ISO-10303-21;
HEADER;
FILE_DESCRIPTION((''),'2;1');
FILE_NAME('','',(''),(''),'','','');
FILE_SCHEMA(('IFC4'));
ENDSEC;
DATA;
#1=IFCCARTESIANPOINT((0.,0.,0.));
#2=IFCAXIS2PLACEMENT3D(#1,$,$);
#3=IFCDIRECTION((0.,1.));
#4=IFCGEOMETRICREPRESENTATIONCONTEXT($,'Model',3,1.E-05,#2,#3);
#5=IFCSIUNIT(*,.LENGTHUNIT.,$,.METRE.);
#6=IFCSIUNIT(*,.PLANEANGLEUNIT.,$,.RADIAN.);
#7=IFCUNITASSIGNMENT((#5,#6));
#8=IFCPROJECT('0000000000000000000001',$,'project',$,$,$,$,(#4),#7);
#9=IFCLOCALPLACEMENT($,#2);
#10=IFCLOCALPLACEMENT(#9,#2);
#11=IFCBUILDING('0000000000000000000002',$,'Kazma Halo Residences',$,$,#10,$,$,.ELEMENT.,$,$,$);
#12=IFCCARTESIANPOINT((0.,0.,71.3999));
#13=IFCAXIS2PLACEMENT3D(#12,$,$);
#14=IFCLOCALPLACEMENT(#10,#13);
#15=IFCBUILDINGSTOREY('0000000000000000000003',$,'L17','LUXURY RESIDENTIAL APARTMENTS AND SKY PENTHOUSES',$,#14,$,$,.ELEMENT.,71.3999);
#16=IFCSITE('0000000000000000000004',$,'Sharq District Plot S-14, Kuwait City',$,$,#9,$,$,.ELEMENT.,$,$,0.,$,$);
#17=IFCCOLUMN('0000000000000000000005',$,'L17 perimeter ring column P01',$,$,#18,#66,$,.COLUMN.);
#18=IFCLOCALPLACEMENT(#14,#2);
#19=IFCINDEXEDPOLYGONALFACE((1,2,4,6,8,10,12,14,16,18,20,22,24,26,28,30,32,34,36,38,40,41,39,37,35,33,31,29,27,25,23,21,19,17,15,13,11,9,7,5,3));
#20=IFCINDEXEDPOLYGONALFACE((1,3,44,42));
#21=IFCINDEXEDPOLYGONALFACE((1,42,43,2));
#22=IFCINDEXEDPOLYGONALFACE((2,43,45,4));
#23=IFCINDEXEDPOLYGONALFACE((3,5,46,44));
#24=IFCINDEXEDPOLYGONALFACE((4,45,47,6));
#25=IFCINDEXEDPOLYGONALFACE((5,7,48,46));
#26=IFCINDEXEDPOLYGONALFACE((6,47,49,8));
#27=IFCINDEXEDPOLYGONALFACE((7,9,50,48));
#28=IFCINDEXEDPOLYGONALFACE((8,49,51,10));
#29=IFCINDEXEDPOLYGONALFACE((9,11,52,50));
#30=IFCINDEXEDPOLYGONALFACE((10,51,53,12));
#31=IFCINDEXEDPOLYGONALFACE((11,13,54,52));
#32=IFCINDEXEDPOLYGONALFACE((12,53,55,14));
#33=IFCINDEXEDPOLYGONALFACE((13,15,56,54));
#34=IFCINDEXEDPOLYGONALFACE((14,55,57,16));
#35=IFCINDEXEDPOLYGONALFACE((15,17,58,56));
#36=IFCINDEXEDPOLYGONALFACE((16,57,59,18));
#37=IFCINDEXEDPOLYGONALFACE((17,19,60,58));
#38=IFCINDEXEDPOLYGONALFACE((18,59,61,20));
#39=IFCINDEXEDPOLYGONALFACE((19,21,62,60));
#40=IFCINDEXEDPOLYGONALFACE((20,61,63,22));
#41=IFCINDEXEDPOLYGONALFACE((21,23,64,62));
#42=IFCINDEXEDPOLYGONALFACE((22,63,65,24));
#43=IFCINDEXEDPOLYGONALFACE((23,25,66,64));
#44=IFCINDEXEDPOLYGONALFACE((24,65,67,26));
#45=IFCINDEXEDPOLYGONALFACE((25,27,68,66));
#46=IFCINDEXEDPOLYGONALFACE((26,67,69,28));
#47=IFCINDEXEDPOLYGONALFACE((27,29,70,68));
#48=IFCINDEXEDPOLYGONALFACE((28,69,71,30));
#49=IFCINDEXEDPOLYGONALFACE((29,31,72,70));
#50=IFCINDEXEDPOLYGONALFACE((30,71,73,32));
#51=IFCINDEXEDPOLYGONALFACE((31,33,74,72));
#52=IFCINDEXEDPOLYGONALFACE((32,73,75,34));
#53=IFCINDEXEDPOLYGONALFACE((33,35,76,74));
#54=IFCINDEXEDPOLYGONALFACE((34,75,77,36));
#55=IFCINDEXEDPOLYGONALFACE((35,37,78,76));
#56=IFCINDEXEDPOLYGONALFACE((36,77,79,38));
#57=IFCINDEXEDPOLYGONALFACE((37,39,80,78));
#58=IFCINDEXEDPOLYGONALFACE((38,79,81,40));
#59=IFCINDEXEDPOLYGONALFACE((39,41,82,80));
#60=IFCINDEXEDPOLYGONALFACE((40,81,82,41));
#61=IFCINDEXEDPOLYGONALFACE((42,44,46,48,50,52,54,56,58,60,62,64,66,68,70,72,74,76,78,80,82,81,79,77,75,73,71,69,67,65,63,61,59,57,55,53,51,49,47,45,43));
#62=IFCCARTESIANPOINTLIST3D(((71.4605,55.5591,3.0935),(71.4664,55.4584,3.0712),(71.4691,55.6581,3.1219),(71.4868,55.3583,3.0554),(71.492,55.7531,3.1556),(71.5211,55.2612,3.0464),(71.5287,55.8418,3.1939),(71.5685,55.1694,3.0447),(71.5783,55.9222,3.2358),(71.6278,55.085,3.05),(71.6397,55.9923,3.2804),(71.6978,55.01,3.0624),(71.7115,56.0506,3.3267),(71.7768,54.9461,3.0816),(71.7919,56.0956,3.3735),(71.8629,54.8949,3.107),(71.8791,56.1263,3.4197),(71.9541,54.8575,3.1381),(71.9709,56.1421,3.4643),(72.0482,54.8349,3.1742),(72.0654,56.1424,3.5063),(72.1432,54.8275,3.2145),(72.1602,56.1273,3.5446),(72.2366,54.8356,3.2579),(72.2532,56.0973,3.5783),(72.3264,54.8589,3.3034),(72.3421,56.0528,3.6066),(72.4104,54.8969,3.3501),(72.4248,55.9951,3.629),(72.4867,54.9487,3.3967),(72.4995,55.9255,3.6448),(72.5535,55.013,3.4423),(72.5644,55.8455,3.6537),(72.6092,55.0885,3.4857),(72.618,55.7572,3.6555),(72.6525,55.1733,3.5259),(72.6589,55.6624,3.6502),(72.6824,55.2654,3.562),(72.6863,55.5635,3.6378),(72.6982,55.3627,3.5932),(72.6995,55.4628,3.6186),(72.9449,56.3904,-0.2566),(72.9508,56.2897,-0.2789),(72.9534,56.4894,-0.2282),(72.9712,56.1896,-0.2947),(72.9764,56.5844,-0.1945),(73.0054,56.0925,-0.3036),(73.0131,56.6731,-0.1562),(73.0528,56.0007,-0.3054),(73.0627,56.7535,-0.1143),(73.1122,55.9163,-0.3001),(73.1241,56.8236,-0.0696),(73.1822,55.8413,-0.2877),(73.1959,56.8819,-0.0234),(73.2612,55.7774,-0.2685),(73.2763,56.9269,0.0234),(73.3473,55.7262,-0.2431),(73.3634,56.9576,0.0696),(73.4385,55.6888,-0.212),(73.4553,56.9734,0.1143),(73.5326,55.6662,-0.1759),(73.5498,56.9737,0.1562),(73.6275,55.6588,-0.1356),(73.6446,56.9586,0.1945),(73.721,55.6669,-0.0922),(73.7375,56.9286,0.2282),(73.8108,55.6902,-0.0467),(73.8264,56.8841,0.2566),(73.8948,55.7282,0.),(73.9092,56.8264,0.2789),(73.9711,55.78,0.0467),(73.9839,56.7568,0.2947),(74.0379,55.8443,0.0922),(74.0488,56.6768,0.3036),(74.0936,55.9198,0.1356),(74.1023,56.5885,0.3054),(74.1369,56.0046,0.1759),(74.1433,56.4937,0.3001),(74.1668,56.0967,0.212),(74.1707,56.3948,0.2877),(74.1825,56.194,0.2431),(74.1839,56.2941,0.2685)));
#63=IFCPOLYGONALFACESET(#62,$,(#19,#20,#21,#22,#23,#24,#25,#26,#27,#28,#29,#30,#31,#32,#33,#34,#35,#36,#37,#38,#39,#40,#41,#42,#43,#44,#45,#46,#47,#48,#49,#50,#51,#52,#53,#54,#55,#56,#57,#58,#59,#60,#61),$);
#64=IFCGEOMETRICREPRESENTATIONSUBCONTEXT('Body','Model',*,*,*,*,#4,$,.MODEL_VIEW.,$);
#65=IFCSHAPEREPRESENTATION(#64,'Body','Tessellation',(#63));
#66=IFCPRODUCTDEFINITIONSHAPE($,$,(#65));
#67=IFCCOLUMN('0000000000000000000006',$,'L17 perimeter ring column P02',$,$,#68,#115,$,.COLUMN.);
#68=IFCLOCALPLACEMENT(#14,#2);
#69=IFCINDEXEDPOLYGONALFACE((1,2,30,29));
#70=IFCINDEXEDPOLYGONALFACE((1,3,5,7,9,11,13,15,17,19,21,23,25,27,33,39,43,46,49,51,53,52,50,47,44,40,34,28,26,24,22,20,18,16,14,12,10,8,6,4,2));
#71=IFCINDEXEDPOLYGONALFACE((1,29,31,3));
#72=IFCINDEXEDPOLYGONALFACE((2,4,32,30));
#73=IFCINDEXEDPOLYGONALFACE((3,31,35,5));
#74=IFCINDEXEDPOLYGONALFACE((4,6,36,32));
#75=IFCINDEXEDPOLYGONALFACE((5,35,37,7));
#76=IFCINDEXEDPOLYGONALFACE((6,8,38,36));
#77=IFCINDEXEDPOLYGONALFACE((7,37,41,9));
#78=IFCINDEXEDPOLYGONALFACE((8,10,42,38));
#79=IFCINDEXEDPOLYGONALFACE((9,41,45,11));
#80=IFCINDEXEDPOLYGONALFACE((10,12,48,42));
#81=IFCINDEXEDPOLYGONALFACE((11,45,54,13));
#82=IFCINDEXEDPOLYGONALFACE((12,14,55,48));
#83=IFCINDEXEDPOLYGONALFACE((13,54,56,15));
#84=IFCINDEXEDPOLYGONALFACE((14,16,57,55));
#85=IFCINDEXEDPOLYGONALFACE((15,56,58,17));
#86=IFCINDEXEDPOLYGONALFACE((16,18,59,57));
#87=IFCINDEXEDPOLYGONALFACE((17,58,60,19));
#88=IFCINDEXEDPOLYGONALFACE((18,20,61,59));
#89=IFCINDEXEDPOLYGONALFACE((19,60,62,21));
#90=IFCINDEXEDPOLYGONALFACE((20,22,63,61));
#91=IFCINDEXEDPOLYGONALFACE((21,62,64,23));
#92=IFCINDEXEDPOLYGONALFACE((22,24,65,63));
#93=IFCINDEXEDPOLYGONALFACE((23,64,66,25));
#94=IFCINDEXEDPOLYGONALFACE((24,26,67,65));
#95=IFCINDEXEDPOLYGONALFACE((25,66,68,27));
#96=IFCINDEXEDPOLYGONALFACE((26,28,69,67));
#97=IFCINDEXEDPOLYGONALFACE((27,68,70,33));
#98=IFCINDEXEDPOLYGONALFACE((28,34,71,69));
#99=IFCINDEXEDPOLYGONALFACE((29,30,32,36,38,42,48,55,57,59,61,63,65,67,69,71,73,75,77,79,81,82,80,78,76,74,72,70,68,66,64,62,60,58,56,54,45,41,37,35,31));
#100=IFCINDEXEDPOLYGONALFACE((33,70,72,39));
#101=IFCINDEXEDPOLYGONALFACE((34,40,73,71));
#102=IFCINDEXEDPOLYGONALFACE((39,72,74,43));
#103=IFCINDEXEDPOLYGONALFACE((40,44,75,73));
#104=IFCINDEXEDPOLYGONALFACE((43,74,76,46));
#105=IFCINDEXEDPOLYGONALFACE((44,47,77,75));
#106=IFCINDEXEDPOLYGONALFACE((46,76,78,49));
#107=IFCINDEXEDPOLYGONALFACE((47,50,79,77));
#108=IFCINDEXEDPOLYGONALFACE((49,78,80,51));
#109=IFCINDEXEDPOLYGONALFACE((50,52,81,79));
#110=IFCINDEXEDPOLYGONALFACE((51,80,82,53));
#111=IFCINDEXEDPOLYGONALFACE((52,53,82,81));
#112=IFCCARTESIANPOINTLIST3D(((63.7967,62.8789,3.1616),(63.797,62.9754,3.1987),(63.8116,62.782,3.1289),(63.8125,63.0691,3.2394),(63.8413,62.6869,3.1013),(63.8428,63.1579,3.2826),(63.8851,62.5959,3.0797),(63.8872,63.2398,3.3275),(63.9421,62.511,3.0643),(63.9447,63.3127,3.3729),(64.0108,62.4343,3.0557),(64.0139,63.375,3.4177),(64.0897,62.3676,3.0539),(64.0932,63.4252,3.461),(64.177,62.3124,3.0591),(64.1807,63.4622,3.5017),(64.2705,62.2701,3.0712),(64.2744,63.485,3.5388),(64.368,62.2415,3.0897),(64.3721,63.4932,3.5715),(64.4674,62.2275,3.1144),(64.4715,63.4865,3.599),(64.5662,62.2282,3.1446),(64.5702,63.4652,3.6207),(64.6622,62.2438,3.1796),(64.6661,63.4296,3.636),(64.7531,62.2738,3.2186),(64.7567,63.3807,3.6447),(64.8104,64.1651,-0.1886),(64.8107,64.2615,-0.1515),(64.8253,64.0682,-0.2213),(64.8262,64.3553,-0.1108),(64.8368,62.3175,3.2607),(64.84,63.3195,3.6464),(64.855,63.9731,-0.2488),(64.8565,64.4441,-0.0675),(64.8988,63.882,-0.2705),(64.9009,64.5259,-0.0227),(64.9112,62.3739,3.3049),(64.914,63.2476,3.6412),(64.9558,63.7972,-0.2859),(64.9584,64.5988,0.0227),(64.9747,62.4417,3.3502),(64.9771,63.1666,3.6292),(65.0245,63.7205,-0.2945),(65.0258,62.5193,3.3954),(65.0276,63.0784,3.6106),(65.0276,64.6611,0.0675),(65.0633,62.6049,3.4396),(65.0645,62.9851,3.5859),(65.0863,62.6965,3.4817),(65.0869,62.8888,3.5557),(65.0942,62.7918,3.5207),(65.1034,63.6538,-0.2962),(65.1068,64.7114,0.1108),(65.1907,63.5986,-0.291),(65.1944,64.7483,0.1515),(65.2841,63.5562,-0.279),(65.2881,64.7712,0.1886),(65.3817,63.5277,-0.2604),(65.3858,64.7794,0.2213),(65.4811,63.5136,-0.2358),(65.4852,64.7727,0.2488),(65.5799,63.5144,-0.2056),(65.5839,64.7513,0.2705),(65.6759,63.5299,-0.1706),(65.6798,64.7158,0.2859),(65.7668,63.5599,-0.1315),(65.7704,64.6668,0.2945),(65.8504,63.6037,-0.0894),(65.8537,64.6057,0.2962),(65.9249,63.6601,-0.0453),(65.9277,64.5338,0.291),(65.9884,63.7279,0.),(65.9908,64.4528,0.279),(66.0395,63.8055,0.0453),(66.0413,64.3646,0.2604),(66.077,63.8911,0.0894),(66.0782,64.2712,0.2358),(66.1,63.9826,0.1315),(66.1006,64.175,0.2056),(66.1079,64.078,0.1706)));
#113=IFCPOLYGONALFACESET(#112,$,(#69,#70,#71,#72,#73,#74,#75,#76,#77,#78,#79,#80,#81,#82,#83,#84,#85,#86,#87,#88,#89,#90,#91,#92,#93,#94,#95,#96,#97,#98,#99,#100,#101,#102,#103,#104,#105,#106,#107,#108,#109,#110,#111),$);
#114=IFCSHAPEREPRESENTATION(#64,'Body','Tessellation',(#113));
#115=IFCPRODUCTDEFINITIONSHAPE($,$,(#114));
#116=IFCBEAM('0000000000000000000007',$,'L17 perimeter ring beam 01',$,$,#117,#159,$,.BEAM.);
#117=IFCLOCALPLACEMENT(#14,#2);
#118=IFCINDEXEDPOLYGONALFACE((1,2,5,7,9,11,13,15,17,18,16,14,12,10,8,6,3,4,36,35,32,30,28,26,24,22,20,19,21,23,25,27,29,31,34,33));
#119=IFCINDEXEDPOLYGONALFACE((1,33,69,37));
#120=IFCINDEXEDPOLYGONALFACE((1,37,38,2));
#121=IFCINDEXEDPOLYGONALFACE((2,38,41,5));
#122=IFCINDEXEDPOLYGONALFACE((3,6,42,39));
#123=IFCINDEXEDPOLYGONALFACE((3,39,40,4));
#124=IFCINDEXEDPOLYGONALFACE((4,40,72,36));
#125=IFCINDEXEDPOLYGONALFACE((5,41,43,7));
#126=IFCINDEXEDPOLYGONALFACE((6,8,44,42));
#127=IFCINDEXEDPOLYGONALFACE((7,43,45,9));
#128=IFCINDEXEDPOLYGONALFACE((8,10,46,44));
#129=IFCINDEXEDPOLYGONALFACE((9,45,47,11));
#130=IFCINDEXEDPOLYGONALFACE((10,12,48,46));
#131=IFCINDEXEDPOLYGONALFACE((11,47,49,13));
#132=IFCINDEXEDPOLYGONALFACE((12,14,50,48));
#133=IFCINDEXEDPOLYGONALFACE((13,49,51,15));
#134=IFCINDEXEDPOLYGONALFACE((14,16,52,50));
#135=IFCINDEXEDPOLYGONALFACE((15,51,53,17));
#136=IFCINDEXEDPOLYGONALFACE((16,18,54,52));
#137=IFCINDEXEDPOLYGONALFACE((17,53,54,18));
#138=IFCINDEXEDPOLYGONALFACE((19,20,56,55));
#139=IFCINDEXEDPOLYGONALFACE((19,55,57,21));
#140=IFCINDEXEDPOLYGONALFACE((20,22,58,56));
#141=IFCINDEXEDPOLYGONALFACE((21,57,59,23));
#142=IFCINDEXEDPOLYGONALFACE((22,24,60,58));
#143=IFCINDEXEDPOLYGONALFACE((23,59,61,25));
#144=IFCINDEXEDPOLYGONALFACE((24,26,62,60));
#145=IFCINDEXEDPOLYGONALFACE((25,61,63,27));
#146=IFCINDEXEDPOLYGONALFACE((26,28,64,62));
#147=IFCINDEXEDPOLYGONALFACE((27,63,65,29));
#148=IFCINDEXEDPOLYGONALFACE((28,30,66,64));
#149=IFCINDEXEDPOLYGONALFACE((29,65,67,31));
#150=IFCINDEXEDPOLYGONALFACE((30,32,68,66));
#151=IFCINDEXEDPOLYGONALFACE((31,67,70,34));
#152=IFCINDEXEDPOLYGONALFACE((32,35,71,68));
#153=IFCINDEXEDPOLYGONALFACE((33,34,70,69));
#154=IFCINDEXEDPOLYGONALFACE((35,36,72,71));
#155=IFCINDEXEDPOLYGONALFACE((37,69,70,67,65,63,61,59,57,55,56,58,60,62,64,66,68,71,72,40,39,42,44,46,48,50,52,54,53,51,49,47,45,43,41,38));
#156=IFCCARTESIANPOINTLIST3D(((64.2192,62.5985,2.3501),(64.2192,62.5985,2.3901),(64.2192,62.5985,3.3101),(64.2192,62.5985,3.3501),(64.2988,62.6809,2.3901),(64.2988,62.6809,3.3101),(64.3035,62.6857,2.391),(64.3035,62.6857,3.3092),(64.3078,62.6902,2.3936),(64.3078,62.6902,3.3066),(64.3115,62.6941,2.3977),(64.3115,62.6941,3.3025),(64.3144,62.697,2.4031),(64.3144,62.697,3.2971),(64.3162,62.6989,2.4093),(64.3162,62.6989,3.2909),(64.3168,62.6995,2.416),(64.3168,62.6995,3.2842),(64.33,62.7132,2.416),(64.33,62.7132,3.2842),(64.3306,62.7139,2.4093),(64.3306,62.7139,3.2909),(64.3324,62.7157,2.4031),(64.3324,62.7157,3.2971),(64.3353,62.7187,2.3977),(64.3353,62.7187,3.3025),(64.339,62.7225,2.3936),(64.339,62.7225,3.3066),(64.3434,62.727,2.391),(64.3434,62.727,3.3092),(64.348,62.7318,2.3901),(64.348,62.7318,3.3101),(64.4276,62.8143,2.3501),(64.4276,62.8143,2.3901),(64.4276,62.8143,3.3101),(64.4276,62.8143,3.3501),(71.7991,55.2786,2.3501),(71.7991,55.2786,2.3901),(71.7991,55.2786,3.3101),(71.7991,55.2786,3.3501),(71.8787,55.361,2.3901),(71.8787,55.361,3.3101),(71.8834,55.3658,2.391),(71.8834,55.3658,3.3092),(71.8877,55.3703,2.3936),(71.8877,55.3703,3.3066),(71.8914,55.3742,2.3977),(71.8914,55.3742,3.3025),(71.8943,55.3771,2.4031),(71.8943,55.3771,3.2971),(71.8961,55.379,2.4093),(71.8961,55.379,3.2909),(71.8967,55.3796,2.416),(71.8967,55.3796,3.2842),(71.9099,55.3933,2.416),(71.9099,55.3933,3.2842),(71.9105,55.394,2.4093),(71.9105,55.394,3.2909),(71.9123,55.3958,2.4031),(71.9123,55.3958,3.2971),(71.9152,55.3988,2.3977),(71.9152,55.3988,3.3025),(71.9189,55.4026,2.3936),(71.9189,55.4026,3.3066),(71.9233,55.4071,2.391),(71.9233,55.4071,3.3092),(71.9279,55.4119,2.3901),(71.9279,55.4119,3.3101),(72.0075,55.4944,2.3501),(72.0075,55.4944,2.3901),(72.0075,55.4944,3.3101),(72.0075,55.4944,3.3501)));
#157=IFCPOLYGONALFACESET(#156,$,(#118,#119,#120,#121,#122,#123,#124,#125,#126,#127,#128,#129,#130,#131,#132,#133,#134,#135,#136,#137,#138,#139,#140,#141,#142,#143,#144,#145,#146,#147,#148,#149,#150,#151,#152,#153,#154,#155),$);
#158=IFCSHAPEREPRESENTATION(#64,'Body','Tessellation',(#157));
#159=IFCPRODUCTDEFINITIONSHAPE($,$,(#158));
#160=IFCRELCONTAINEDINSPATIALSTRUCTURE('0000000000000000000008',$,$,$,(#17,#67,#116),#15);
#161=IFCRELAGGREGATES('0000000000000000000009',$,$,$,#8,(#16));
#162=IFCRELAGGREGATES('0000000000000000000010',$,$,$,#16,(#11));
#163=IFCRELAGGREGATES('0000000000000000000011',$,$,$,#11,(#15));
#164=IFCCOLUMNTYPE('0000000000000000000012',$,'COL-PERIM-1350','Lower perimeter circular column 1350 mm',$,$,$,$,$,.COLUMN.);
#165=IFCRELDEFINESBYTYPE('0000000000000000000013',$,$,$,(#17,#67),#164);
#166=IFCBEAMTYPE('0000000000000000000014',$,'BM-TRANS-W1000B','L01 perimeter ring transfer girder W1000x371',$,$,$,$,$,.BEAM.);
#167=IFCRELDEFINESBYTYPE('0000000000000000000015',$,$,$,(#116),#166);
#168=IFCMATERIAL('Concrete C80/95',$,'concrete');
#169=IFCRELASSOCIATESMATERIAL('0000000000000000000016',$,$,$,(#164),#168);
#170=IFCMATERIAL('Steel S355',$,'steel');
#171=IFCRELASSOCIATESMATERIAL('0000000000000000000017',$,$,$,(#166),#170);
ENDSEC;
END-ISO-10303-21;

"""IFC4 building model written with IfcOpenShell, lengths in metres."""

from ifc_helpers import new_model, si_unit, direction, frame, origin, origin_2d, place, context, subcontext, project, spatial, circle, i_section, extrude, material, material_profile, profile_set, type_object, element, save


model = new_model("IFC4")

# Units and contexts
model_context = context("Model", 3, precision=1e-05, world=origin(), true_north=direction((0.0, 1.0)))
body_context = subcontext(model_context, "Body", "Model", "MODEL_VIEW")
ifc_project = project(units=[si_unit("LENGTHUNIT", "METRE"), si_unit("PLANEANGLEUNIT", "RADIAN")], contexts=[model_context])

# Site, building, storey
site_placement = place(None, origin())
site = spatial("IfcSite", under=ifc_project, at=site_placement, Name="Sharq District Plot S-14, Kuwait City", CompositionType="ELEMENT", RefElevation=0.0)
building_placement = place(site_placement, origin())
building = spatial("IfcBuilding", under=site, at=building_placement, Name="Kazma Halo Residences", CompositionType="ELEMENT")
storey_placement = place(building_placement, frame((0.0, 0.0, 71.3999)))
storey = spatial("IfcBuildingStorey", under=building, at=storey_placement, Name="L17", Description="LUXURY RESIDENTIAL APARTMENTS AND SKY PENTHOUSES", CompositionType="ELEMENT", Elevation=71.3999)

# Columns
ifc_material_1 = material(Name="Concrete C80/95", Category="concrete")
ifc_material_profile_1 = material_profile(ifc_material_1, circle(Radius=0.675, at=origin_2d()), Name="CIRC1350")
ifc_profile_set_1 = profile_set([ifc_material_profile_1], Name="Concrete C80/95")
column_type = type_object("IfcColumnType", Name="COL-PERIM-1350", Description="Lower perimeter circular column 1350 mm", PredefinedType="COLUMN", material=ifc_profile_set_1)
column_1_placement = place(storey_placement, frame((73.5649, 56.3171, 0.0), z_axis=(-0.39506, -0.221247, 0.891615), x_axis=(0.488625, -0.872494, 0.0)))
element("IfcColumn", 1, at=column_1_placement, inside=storey, type_object=column_type, Name="L17 perimeter ring column P01", PredefinedType="COLUMN", context=body_context, shape_type="SweptSolid", body=[
    extrude(circle(Radius=0.675, at=origin_2d()), origin(), (0.0, 0.0, 1.0), 3.7573),
])
column_2_placement = place(storey_placement, frame((65.4583, 64.1458, 0.0), z_axis=(-0.271841, -0.344908, 0.89841), x_axis=(0.785386, -0.619006, 0.0)))
element("IfcColumn", 2, at=column_2_placement, inside=storey, type_object=column_type, Name="L17 perimeter ring column P02", PredefinedType="COLUMN", context=body_context, shape_type="SweptSolid", body=[
    extrude(circle(Radius=0.675, at=origin_2d()), origin(), (0.0, 0.0, 1.0), 3.729),
])

# Beam
ifc_material_2 = material(Name="Steel S355", Category="steel")
ifc_material_profile_2 = material_profile(ifc_material_2, i_section(OverallWidth=0.3, OverallDepth=1.0, WebThickness=0.019, FlangeThickness=0.04, FilletRadius=0.0259, at=origin_2d()), Name="W1000x371")
ifc_profile_set_2 = profile_set([ifc_material_profile_2], Name="Steel S355")
beam_type = type_object("IfcBeamType", Name="BM-TRANS-W1000B", Description="L01 perimeter ring transfer girder W1000x371", PredefinedType="BEAM", material=ifc_profile_set_2)
beam_1_placement = place(storey_placement, frame((71.9033, 55.3865, 2.8501), z_axis=(-0.719337, 0.694661, 0.0), x_axis=(-0.694661, -0.719337, 0.0)))
element("IfcBeam", 3, at=beam_1_placement, inside=storey, type_object=beam_type, Name="L17 perimeter ring beam 01", PredefinedType="BEAM", context=body_context, shape_type="SweptSolid", body=[
    extrude(i_section(OverallWidth=0.3, OverallDepth=1.0, WebThickness=0.019, FlangeThickness=0.04, FilletRadius=0.0259, at=origin_2d()), origin(), (0.0, 0.0, 1.0), 10.5374),
])

save(model, "model.ifc")
